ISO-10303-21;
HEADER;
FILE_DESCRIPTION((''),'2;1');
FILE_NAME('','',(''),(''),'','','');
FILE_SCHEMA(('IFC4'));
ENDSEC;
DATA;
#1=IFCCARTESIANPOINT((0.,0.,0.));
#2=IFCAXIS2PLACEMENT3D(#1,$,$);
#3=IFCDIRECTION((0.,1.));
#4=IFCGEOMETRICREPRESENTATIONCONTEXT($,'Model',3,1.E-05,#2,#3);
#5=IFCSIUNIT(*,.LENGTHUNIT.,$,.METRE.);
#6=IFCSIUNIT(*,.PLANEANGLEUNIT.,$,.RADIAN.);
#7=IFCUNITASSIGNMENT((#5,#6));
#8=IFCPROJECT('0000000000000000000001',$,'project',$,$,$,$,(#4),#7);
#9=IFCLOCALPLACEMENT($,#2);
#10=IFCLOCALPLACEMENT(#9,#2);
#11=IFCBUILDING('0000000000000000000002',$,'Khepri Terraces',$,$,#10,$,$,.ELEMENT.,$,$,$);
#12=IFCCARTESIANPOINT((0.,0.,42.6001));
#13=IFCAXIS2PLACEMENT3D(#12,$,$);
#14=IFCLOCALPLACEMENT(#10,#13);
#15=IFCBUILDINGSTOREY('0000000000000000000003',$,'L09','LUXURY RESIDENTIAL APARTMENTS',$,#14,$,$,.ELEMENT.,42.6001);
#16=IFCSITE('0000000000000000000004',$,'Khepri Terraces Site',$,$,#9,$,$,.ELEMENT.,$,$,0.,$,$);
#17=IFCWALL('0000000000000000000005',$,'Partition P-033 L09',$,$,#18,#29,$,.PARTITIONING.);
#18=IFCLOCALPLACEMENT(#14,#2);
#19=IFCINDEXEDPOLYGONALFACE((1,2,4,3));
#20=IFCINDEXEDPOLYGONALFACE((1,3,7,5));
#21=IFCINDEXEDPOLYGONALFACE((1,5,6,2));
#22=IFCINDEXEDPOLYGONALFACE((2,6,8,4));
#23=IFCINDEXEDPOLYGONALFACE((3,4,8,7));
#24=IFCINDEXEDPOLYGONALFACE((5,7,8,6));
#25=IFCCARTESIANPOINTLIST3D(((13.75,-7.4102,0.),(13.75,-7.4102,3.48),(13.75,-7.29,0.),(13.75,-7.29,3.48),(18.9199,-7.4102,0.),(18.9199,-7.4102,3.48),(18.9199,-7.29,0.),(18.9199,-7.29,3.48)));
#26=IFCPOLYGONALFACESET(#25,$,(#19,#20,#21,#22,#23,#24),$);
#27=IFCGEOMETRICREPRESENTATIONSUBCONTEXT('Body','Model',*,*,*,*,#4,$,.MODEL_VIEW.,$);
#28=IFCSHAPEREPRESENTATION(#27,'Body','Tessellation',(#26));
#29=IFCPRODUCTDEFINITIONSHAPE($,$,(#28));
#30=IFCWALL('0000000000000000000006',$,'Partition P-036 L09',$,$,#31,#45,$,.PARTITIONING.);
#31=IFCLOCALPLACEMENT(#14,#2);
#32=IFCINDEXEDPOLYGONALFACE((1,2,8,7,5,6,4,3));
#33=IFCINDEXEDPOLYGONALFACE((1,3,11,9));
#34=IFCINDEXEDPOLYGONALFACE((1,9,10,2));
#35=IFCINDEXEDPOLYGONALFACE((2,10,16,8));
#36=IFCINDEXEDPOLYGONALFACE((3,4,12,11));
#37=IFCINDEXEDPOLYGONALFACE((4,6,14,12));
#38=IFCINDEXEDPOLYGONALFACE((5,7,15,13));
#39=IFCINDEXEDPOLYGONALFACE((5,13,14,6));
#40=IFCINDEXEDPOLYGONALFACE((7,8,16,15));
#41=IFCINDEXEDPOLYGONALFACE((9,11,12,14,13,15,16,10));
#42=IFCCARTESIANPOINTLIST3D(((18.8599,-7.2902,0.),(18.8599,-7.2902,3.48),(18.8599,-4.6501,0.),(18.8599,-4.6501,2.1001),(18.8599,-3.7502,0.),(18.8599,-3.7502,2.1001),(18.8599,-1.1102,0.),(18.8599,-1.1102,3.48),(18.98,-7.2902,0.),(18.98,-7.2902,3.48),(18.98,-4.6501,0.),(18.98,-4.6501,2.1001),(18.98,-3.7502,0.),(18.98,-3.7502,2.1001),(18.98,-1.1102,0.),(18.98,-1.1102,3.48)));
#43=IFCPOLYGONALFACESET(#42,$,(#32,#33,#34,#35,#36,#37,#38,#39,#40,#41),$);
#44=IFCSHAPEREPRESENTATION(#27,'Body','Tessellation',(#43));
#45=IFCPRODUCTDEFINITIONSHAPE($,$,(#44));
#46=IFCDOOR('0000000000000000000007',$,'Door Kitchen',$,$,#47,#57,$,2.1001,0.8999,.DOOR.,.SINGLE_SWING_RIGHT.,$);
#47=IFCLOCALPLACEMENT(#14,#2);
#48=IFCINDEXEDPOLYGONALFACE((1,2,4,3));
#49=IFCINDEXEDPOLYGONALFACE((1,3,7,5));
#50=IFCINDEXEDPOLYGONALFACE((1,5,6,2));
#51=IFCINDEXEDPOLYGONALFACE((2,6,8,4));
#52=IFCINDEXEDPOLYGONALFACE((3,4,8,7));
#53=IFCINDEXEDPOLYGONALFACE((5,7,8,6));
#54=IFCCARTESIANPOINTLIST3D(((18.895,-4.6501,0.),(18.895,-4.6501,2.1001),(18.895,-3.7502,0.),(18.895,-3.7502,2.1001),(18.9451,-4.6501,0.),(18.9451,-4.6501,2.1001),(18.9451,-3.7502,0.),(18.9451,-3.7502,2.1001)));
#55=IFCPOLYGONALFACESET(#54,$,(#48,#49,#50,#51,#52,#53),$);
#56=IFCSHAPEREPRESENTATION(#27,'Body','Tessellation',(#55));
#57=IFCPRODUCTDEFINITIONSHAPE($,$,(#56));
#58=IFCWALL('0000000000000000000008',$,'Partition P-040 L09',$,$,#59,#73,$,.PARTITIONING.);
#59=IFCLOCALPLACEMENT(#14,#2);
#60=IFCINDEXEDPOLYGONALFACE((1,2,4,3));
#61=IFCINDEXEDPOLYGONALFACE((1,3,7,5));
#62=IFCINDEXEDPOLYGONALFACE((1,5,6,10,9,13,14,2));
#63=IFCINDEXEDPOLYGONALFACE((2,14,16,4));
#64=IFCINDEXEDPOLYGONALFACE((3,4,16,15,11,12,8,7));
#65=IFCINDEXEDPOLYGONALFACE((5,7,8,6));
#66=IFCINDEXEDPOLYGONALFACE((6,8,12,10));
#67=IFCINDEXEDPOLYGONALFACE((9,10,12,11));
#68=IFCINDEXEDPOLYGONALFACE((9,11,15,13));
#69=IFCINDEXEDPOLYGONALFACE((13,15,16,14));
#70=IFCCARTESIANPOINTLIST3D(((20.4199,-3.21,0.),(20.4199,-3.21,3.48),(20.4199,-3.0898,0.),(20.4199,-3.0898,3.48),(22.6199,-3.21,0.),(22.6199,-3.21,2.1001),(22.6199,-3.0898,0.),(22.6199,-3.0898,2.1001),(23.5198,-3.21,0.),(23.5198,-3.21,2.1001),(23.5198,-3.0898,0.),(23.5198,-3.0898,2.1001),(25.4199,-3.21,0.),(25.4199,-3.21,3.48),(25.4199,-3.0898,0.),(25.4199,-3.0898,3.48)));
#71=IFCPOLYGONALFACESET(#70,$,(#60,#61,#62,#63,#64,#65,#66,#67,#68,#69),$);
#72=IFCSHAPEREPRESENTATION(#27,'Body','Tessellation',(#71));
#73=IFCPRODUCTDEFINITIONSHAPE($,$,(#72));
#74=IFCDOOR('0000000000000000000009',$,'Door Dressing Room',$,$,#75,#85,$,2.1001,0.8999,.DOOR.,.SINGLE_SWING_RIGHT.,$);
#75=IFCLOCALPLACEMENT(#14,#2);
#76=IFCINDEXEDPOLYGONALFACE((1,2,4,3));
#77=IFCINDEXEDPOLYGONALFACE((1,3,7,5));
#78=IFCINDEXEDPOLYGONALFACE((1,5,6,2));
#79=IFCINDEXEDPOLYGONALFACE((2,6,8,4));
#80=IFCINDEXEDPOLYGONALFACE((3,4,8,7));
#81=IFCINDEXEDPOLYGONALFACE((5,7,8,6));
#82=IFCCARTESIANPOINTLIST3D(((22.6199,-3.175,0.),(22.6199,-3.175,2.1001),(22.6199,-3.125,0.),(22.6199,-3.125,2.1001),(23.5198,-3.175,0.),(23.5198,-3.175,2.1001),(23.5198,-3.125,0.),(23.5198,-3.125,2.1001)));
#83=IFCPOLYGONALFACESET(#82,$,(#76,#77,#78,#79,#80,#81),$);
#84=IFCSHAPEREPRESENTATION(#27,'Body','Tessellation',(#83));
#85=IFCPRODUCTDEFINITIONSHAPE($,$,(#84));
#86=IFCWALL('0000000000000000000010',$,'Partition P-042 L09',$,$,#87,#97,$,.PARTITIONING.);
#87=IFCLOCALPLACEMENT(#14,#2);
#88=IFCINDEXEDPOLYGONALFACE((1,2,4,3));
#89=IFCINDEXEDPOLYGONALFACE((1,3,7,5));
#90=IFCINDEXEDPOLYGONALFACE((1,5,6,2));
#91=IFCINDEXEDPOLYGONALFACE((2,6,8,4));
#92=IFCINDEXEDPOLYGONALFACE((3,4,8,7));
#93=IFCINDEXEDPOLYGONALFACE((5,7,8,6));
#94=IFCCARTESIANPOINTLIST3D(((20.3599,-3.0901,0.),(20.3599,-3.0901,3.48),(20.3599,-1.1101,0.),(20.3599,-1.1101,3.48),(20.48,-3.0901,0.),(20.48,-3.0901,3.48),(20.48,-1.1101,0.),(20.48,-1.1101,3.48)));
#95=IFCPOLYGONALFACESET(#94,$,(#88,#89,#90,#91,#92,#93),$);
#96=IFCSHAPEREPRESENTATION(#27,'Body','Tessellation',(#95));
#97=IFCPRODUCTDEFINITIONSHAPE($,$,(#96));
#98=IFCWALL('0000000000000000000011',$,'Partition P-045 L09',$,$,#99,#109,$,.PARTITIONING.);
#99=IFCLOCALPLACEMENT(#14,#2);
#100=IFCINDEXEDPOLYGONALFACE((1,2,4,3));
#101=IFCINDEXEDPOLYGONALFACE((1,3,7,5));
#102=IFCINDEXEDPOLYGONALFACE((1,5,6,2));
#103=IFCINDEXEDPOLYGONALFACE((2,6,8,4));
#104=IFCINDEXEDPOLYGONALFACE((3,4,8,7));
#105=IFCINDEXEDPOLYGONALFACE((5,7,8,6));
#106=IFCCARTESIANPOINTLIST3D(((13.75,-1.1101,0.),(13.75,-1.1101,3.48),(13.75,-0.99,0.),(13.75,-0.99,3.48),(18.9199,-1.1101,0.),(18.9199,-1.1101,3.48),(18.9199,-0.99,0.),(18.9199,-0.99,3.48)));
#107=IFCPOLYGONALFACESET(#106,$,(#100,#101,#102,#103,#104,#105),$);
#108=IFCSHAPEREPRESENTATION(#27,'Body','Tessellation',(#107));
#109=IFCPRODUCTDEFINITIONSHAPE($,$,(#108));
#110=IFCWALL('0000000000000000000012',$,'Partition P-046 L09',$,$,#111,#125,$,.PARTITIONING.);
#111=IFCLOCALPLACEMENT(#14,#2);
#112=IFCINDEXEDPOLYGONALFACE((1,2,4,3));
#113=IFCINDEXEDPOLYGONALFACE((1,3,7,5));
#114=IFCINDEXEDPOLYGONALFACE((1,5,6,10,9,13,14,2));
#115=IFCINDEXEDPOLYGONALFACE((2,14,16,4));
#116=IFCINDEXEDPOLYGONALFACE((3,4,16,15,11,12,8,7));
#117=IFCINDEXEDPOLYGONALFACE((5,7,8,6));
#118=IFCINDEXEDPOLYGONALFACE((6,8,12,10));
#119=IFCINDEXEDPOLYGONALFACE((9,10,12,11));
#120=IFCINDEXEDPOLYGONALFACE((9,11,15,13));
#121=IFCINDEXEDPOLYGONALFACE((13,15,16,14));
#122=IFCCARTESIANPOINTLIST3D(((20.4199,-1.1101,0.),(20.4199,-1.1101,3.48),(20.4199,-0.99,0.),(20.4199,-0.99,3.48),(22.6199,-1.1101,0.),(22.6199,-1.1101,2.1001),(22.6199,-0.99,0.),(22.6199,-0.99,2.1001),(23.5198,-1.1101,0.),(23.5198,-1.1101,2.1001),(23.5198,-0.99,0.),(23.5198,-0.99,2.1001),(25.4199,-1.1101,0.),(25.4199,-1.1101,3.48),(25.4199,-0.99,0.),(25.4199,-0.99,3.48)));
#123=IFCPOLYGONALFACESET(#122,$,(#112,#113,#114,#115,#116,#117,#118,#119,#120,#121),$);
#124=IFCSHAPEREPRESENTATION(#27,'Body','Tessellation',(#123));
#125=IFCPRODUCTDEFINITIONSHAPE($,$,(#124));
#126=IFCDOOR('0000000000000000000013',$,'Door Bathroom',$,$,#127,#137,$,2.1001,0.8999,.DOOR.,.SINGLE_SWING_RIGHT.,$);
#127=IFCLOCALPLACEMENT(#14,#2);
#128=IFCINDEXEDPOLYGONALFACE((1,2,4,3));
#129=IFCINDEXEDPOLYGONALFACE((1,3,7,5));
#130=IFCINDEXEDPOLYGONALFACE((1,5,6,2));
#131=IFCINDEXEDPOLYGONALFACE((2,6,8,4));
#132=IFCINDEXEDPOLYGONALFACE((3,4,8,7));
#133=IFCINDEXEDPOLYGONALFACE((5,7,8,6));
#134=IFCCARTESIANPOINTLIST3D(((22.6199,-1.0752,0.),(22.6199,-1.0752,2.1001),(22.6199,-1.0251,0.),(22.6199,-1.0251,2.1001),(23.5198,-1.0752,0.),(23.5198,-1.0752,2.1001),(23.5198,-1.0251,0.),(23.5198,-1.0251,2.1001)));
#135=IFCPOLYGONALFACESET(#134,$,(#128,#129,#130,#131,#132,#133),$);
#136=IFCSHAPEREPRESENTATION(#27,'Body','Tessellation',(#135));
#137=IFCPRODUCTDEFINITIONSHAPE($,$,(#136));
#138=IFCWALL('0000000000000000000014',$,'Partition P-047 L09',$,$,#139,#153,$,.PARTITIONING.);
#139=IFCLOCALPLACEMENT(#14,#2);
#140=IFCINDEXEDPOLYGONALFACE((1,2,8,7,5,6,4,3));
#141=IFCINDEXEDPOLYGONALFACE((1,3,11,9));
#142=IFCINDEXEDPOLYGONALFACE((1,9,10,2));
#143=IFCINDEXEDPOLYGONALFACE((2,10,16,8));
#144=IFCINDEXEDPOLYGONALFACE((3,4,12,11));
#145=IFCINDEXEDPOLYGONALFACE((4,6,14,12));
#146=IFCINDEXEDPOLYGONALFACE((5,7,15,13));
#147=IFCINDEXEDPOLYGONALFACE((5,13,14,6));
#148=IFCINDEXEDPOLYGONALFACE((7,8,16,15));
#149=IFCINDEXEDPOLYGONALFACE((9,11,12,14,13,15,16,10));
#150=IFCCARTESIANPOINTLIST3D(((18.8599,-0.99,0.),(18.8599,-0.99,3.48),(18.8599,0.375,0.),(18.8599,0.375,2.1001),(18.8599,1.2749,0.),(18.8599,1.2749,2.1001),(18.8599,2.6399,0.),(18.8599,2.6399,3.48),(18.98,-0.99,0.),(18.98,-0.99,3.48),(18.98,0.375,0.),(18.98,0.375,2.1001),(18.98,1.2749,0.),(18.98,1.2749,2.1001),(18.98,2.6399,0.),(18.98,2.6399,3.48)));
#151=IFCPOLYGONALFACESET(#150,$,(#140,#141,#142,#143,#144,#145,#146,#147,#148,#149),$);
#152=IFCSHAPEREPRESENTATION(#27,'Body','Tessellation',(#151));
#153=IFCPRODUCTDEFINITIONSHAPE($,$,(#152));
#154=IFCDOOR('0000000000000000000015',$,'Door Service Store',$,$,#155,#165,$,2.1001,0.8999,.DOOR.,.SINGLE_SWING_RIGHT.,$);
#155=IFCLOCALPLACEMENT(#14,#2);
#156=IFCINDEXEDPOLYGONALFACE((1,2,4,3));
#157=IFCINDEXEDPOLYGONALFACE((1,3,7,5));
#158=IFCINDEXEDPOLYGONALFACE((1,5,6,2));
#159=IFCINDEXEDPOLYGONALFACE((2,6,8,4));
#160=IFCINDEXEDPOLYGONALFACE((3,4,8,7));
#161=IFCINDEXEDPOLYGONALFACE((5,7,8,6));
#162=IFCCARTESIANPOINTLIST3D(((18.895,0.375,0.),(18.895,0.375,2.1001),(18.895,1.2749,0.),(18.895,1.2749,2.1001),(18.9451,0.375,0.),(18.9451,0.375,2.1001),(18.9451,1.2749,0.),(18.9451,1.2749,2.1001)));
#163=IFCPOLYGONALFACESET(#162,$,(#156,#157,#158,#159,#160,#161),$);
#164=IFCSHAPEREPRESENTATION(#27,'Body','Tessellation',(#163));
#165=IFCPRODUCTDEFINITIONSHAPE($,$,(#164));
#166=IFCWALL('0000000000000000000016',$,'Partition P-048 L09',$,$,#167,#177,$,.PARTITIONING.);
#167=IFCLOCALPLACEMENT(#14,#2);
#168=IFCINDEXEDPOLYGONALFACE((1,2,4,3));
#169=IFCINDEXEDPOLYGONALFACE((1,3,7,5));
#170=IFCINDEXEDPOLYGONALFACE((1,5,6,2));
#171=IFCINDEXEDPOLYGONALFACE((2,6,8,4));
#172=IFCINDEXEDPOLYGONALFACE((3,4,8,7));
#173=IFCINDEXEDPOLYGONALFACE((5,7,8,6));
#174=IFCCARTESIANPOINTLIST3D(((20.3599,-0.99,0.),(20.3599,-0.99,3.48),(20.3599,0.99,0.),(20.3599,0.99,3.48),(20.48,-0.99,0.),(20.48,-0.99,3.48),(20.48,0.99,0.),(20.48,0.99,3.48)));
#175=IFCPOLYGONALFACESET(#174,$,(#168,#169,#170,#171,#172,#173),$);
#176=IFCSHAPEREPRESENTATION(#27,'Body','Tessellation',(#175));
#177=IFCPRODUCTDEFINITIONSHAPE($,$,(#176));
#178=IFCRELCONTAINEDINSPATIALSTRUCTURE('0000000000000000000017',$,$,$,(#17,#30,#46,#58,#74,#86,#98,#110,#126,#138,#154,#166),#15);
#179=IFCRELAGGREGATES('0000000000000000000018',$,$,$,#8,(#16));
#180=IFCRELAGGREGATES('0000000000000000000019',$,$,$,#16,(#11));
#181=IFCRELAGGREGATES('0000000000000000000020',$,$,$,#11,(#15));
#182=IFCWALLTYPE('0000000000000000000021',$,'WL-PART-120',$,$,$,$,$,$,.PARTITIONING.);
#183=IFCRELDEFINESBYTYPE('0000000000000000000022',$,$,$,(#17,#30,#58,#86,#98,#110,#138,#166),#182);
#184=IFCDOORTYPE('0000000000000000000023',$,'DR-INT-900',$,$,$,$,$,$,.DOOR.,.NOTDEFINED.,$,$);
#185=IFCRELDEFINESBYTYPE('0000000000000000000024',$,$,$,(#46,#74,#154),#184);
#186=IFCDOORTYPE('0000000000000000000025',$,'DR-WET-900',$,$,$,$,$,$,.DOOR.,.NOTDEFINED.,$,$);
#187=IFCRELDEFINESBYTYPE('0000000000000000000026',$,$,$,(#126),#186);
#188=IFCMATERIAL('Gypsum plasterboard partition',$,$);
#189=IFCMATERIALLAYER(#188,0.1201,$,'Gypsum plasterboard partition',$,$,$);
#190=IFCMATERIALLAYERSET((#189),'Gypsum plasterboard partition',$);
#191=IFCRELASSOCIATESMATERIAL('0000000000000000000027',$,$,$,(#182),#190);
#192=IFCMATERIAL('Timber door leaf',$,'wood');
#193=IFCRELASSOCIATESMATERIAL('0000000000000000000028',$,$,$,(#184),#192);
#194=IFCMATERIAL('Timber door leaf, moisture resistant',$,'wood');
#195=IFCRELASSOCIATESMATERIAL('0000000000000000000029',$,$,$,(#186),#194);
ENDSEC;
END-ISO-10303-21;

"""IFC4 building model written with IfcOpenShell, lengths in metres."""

from ifc_helpers import new_model, si_unit, direction, frame, frame_2d, origin, place, context, subcontext, project, spatial, rectangle, extrude, material, layer, layer_set, type_object, element, fill, save


model = new_model("IFC4")

# Units and contexts
model_context = context("Model", 3, precision=1e-05, world=origin(), true_north=direction((0.0, 1.0)))
body_context = subcontext(model_context, "Body", "Model", "MODEL_VIEW")
ifc_project = project(units=[si_unit("LENGTHUNIT", "METRE"), si_unit("PLANEANGLEUNIT", "RADIAN")], contexts=[model_context])

# Site, building, storey
site_placement = place(None, origin())
site = spatial("IfcSite", under=ifc_project, at=site_placement, Name="Khepri Terraces Site", CompositionType="ELEMENT", RefElevation=0.0)
building_placement = place(site_placement, origin())
building = spatial("IfcBuilding", under=site, at=building_placement, Name="Khepri Terraces", CompositionType="ELEMENT")
storey_placement = place(building_placement, frame((0.0, 0.0, 42.6001)))
storey = spatial("IfcBuildingStorey", under=building, at=storey_placement, Name="L09", Description="LUXURY RESIDENTIAL APARTMENTS", CompositionType="ELEMENT", Elevation=42.6001)

# Shared definitions
ifc_material_1 = material(Name="Gypsum plasterboard partition")
ifc_layer_1 = layer(ifc_material_1, 0.1201, Name="Gypsum plasterboard partition")
ifc_layer_set_1 = layer_set([ifc_layer_1], Name="Gypsum plasterboard partition")
wall_type_1 = type_object("IfcWallType", Name="WL-PART-120", PredefinedType="PARTITIONING", material=ifc_layer_set_1)

# Shared definitions
ifc_material_2 = material(Name="Timber door leaf", Category="wood")
door_type_1 = type_object("IfcDoorType", Name="DR-INT-900", OperationType="NOTDEFINED", PredefinedType="DOOR", material=ifc_material_2)

# Wall
wall_1_placement = place(storey_placement, frame((13.75, -7.3501, 0.0), z_axis=(0.0, 0.0, 1.0), x_axis=(1.0, 0.0, 0.0)))
element("IfcWall", 1, at=wall_1_placement, inside=storey, type_object=wall_type_1, Name="Partition P-033 L09", PredefinedType="PARTITIONING", context=body_context, shape_type="SweptSolid", body=[
    extrude(rectangle(XDim=5.1699, YDim=0.1201, at=frame_2d((2.585, 0.0))), origin(), (0.0, 0.0, 1.0), 3.48),
])

# Walls, openings, doors
wall_2_placement = place(storey_placement, frame((18.9199, -7.29, 0.0), z_axis=(0.0, 0.0, 1.0), x_axis=(0.0, 1.0, 0.0)))
wall_2 = element("IfcWall", 2, at=wall_2_placement, inside=storey, type_object=wall_type_1, Name="Partition P-036 L09", PredefinedType="PARTITIONING", context=body_context, shape_type="SweptSolid", body=[
    extrude(rectangle(XDim=6.1799, YDim=0.1201, at=frame_2d((3.0898, 0.0))), origin(), (0.0, 0.0, 1.0), 3.48),
])
opening_1_placement = place(wall_2_placement, frame((2.6399, 0.0, 0.0)))
opening_1 = element("IfcOpeningElement", 3, at=opening_1_placement, cuts=wall_2, PredefinedType="OPENING", context=body_context, shape_type="SweptSolid", body=[
    extrude(rectangle(XDim=0.8999, YDim=2.1001, at=frame_2d((0.45, 1.05))), frame((0.0, 0.0701, 0.0), z_axis=(0.0, -1.0, 0.0), x_axis=(1.0, 0.0, 0.0)), (0.0, 0.0, 1.0), 0.1401),
])
door_1_placement = place(opening_1_placement, origin())
door_1 = element("IfcDoor", 4, at=door_1_placement, inside=storey, type_object=door_type_1, Name="Door Kitchen", OperationType="SINGLE_SWING_RIGHT", OverallHeight=2.1001, OverallWidth=0.8999, PredefinedType="DOOR", context=body_context, shape_type="SweptSolid", body=[
    extrude(rectangle(XDim=0.8999, YDim=2.1001, at=frame_2d((0.45, 1.05))), frame((0.0, 0.0249, 0.0), z_axis=(0.0, -1.0, 0.0), x_axis=(1.0, 0.0, 0.0)), (0.0, 0.0, 1.0), 0.05),
])
fill(opening_1, door_1)
wall_3_placement = place(storey_placement, frame((20.4199, -3.1499, 0.0), z_axis=(0.0, 0.0, 1.0), x_axis=(1.0, 0.0, 0.0)))
wall_3 = element("IfcWall", 5, at=wall_3_placement, inside=storey, type_object=wall_type_1, Name="Partition P-040 L09", PredefinedType="PARTITIONING", context=body_context, shape_type="SweptSolid", body=[
    extrude(rectangle(XDim=5.0, YDim=0.1201, at=frame_2d((2.5, 0.0))), origin(), (0.0, 0.0, 1.0), 3.48),
])
opening_2_placement = place(wall_3_placement, frame((2.2, 0.0, 0.0)))
opening_2 = element("IfcOpeningElement", 6, at=opening_2_placement, cuts=wall_3, PredefinedType="OPENING", context=body_context, shape_type="SweptSolid", body=[
    extrude(rectangle(XDim=0.8999, YDim=2.1001, at=frame_2d((0.45, 1.05))), frame((0.0, 0.0701, 0.0), z_axis=(0.0, -1.0, 0.0), x_axis=(1.0, 0.0, 0.0)), (0.0, 0.0, 1.0), 0.1401),
])
door_2_placement = place(opening_2_placement, origin())
door_2 = element("IfcDoor", 7, at=door_2_placement, inside=storey, type_object=door_type_1, Name="Door Dressing Room", OperationType="SINGLE_SWING_RIGHT", OverallHeight=2.1001, OverallWidth=0.8999, PredefinedType="DOOR", context=body_context, shape_type="SweptSolid", body=[
    extrude(rectangle(XDim=0.8999, YDim=2.1001, at=frame_2d((0.45, 1.05))), frame((0.0, 0.0249, 0.0), z_axis=(0.0, -1.0, 0.0), x_axis=(1.0, 0.0, 0.0)), (0.0, 0.0, 1.0), 0.05),
])
fill(opening_2, door_2)

# Walls
wall_4_placement = place(storey_placement, frame((20.4199, -3.0901, 0.0), z_axis=(0.0, 0.0, 1.0), x_axis=(0.0, 1.0, 0.0)))
element("IfcWall", 8, at=wall_4_placement, inside=storey, type_object=wall_type_1, Name="Partition P-042 L09", PredefinedType="PARTITIONING", context=body_context, shape_type="SweptSolid", body=[
    extrude(rectangle(XDim=1.98, YDim=0.1201, at=frame_2d((0.99, 0.0))), origin(), (0.0, 0.0, 1.0), 3.48),
])
wall_5_placement = place(storey_placement, frame((13.75, -1.05, 0.0), z_axis=(0.0, 0.0, 1.0), x_axis=(1.0, 0.0, 0.0)))
element("IfcWall", 9, at=wall_5_placement, inside=storey, type_object=wall_type_1, Name="Partition P-045 L09", PredefinedType="PARTITIONING", context=body_context, shape_type="SweptSolid", body=[
    extrude(rectangle(XDim=5.1699, YDim=0.1201, at=frame_2d((2.585, 0.0))), origin(), (0.0, 0.0, 1.0), 3.48),
])

# Walls, openings, doors
wall_6_placement = place(storey_placement, frame((20.4199, -1.05, 0.0), z_axis=(0.0, 0.0, 1.0), x_axis=(1.0, 0.0, 0.0)))
wall_6 = element("IfcWall", 10, at=wall_6_placement, inside=storey, type_object=wall_type_1, Name="Partition P-046 L09", PredefinedType="PARTITIONING", context=body_context, shape_type="SweptSolid", body=[
    extrude(rectangle(XDim=5.0, YDim=0.1201, at=frame_2d((2.5, 0.0))), origin(), (0.0, 0.0, 1.0), 3.48),
])
opening_3_placement = place(wall_6_placement, frame((2.2, 0.0, 0.0)))
opening_3 = element("IfcOpeningElement", 11, at=opening_3_placement, cuts=wall_6, PredefinedType="OPENING", context=body_context, shape_type="SweptSolid", body=[
    extrude(rectangle(XDim=0.8999, YDim=2.1001, at=frame_2d((0.45, 1.05))), frame((0.0, 0.0701, 0.0), z_axis=(0.0, -1.0, 0.0), x_axis=(1.0, 0.0, 0.0)), (0.0, 0.0, 1.0), 0.1401),
])
ifc_material_3 = material(Name="Timber door leaf, moisture resistant", Category="wood")
door_type_2 = type_object("IfcDoorType", Name="DR-WET-900", OperationType="NOTDEFINED", PredefinedType="DOOR", material=ifc_material_3)
door_3_placement = place(opening_3_placement, origin())
door_3 = element("IfcDoor", 12, at=door_3_placement, inside=storey, type_object=door_type_2, Name="Door Bathroom", OperationType="SINGLE_SWING_RIGHT", OverallHeight=2.1001, OverallWidth=0.8999, PredefinedType="DOOR", context=body_context, shape_type="SweptSolid", body=[
    extrude(rectangle(XDim=0.8999, YDim=2.1001, at=frame_2d((0.45, 1.05))), frame((0.0, 0.0249, 0.0), z_axis=(0.0, -1.0, 0.0), x_axis=(1.0, 0.0, 0.0)), (0.0, 0.0, 1.0), 0.05),
])
fill(opening_3, door_3)
wall_7_placement = place(storey_placement, frame((18.9199, -0.99, 0.0), z_axis=(0.0, 0.0, 1.0), x_axis=(0.0, 1.0, 0.0)))
wall_7 = element("IfcWall", 13, at=wall_7_placement, inside=storey, type_object=wall_type_1, Name="Partition P-047 L09", PredefinedType="PARTITIONING", context=body_context, shape_type="SweptSolid", body=[
    extrude(rectangle(XDim=3.6299, YDim=0.1201, at=frame_2d((1.8149, 0.0))), origin(), (0.0, 0.0, 1.0), 3.48),
])
opening_4_placement = place(wall_7_placement, frame((1.365, 0.0, 0.0)))
opening_4 = element("IfcOpeningElement", 14, at=opening_4_placement, cuts=wall_7, PredefinedType="OPENING", context=body_context, shape_type="SweptSolid", body=[
    extrude(rectangle(XDim=0.8999, YDim=2.1001, at=frame_2d((0.45, 1.05))), frame((0.0, 0.0701, 0.0), z_axis=(0.0, -1.0, 0.0), x_axis=(1.0, 0.0, 0.0)), (0.0, 0.0, 1.0), 0.1401),
])
door_4_placement = place(opening_4_placement, origin())
door_4 = element("IfcDoor", 15, at=door_4_placement, inside=storey, type_object=door_type_1, Name="Door Service Store", OperationType="SINGLE_SWING_RIGHT", OverallHeight=2.1001, OverallWidth=0.8999, PredefinedType="DOOR", context=body_context, shape_type="SweptSolid", body=[
    extrude(rectangle(XDim=0.8999, YDim=2.1001, at=frame_2d((0.45, 1.05))), frame((0.0, 0.0249, 0.0), z_axis=(0.0, -1.0, 0.0), x_axis=(1.0, 0.0, 0.0)), (0.0, 0.0, 1.0), 0.05),
])
fill(opening_4, door_4)

# Wall
wall_8_placement = place(storey_placement, frame((20.4199, -0.99, 0.0), z_axis=(0.0, 0.0, 1.0), x_axis=(0.0, 1.0, 0.0)))
element("IfcWall", 16, at=wall_8_placement, inside=storey, type_object=wall_type_1, Name="Partition P-048 L09", PredefinedType="PARTITIONING", context=body_context, shape_type="SweptSolid", body=[
    extrude(rectangle(XDim=1.98, YDim=0.1201, at=frame_2d((0.99, 0.0))), origin(), (0.0, 0.0, 1.0), 3.48),
])

save(model, "model.ifc")
